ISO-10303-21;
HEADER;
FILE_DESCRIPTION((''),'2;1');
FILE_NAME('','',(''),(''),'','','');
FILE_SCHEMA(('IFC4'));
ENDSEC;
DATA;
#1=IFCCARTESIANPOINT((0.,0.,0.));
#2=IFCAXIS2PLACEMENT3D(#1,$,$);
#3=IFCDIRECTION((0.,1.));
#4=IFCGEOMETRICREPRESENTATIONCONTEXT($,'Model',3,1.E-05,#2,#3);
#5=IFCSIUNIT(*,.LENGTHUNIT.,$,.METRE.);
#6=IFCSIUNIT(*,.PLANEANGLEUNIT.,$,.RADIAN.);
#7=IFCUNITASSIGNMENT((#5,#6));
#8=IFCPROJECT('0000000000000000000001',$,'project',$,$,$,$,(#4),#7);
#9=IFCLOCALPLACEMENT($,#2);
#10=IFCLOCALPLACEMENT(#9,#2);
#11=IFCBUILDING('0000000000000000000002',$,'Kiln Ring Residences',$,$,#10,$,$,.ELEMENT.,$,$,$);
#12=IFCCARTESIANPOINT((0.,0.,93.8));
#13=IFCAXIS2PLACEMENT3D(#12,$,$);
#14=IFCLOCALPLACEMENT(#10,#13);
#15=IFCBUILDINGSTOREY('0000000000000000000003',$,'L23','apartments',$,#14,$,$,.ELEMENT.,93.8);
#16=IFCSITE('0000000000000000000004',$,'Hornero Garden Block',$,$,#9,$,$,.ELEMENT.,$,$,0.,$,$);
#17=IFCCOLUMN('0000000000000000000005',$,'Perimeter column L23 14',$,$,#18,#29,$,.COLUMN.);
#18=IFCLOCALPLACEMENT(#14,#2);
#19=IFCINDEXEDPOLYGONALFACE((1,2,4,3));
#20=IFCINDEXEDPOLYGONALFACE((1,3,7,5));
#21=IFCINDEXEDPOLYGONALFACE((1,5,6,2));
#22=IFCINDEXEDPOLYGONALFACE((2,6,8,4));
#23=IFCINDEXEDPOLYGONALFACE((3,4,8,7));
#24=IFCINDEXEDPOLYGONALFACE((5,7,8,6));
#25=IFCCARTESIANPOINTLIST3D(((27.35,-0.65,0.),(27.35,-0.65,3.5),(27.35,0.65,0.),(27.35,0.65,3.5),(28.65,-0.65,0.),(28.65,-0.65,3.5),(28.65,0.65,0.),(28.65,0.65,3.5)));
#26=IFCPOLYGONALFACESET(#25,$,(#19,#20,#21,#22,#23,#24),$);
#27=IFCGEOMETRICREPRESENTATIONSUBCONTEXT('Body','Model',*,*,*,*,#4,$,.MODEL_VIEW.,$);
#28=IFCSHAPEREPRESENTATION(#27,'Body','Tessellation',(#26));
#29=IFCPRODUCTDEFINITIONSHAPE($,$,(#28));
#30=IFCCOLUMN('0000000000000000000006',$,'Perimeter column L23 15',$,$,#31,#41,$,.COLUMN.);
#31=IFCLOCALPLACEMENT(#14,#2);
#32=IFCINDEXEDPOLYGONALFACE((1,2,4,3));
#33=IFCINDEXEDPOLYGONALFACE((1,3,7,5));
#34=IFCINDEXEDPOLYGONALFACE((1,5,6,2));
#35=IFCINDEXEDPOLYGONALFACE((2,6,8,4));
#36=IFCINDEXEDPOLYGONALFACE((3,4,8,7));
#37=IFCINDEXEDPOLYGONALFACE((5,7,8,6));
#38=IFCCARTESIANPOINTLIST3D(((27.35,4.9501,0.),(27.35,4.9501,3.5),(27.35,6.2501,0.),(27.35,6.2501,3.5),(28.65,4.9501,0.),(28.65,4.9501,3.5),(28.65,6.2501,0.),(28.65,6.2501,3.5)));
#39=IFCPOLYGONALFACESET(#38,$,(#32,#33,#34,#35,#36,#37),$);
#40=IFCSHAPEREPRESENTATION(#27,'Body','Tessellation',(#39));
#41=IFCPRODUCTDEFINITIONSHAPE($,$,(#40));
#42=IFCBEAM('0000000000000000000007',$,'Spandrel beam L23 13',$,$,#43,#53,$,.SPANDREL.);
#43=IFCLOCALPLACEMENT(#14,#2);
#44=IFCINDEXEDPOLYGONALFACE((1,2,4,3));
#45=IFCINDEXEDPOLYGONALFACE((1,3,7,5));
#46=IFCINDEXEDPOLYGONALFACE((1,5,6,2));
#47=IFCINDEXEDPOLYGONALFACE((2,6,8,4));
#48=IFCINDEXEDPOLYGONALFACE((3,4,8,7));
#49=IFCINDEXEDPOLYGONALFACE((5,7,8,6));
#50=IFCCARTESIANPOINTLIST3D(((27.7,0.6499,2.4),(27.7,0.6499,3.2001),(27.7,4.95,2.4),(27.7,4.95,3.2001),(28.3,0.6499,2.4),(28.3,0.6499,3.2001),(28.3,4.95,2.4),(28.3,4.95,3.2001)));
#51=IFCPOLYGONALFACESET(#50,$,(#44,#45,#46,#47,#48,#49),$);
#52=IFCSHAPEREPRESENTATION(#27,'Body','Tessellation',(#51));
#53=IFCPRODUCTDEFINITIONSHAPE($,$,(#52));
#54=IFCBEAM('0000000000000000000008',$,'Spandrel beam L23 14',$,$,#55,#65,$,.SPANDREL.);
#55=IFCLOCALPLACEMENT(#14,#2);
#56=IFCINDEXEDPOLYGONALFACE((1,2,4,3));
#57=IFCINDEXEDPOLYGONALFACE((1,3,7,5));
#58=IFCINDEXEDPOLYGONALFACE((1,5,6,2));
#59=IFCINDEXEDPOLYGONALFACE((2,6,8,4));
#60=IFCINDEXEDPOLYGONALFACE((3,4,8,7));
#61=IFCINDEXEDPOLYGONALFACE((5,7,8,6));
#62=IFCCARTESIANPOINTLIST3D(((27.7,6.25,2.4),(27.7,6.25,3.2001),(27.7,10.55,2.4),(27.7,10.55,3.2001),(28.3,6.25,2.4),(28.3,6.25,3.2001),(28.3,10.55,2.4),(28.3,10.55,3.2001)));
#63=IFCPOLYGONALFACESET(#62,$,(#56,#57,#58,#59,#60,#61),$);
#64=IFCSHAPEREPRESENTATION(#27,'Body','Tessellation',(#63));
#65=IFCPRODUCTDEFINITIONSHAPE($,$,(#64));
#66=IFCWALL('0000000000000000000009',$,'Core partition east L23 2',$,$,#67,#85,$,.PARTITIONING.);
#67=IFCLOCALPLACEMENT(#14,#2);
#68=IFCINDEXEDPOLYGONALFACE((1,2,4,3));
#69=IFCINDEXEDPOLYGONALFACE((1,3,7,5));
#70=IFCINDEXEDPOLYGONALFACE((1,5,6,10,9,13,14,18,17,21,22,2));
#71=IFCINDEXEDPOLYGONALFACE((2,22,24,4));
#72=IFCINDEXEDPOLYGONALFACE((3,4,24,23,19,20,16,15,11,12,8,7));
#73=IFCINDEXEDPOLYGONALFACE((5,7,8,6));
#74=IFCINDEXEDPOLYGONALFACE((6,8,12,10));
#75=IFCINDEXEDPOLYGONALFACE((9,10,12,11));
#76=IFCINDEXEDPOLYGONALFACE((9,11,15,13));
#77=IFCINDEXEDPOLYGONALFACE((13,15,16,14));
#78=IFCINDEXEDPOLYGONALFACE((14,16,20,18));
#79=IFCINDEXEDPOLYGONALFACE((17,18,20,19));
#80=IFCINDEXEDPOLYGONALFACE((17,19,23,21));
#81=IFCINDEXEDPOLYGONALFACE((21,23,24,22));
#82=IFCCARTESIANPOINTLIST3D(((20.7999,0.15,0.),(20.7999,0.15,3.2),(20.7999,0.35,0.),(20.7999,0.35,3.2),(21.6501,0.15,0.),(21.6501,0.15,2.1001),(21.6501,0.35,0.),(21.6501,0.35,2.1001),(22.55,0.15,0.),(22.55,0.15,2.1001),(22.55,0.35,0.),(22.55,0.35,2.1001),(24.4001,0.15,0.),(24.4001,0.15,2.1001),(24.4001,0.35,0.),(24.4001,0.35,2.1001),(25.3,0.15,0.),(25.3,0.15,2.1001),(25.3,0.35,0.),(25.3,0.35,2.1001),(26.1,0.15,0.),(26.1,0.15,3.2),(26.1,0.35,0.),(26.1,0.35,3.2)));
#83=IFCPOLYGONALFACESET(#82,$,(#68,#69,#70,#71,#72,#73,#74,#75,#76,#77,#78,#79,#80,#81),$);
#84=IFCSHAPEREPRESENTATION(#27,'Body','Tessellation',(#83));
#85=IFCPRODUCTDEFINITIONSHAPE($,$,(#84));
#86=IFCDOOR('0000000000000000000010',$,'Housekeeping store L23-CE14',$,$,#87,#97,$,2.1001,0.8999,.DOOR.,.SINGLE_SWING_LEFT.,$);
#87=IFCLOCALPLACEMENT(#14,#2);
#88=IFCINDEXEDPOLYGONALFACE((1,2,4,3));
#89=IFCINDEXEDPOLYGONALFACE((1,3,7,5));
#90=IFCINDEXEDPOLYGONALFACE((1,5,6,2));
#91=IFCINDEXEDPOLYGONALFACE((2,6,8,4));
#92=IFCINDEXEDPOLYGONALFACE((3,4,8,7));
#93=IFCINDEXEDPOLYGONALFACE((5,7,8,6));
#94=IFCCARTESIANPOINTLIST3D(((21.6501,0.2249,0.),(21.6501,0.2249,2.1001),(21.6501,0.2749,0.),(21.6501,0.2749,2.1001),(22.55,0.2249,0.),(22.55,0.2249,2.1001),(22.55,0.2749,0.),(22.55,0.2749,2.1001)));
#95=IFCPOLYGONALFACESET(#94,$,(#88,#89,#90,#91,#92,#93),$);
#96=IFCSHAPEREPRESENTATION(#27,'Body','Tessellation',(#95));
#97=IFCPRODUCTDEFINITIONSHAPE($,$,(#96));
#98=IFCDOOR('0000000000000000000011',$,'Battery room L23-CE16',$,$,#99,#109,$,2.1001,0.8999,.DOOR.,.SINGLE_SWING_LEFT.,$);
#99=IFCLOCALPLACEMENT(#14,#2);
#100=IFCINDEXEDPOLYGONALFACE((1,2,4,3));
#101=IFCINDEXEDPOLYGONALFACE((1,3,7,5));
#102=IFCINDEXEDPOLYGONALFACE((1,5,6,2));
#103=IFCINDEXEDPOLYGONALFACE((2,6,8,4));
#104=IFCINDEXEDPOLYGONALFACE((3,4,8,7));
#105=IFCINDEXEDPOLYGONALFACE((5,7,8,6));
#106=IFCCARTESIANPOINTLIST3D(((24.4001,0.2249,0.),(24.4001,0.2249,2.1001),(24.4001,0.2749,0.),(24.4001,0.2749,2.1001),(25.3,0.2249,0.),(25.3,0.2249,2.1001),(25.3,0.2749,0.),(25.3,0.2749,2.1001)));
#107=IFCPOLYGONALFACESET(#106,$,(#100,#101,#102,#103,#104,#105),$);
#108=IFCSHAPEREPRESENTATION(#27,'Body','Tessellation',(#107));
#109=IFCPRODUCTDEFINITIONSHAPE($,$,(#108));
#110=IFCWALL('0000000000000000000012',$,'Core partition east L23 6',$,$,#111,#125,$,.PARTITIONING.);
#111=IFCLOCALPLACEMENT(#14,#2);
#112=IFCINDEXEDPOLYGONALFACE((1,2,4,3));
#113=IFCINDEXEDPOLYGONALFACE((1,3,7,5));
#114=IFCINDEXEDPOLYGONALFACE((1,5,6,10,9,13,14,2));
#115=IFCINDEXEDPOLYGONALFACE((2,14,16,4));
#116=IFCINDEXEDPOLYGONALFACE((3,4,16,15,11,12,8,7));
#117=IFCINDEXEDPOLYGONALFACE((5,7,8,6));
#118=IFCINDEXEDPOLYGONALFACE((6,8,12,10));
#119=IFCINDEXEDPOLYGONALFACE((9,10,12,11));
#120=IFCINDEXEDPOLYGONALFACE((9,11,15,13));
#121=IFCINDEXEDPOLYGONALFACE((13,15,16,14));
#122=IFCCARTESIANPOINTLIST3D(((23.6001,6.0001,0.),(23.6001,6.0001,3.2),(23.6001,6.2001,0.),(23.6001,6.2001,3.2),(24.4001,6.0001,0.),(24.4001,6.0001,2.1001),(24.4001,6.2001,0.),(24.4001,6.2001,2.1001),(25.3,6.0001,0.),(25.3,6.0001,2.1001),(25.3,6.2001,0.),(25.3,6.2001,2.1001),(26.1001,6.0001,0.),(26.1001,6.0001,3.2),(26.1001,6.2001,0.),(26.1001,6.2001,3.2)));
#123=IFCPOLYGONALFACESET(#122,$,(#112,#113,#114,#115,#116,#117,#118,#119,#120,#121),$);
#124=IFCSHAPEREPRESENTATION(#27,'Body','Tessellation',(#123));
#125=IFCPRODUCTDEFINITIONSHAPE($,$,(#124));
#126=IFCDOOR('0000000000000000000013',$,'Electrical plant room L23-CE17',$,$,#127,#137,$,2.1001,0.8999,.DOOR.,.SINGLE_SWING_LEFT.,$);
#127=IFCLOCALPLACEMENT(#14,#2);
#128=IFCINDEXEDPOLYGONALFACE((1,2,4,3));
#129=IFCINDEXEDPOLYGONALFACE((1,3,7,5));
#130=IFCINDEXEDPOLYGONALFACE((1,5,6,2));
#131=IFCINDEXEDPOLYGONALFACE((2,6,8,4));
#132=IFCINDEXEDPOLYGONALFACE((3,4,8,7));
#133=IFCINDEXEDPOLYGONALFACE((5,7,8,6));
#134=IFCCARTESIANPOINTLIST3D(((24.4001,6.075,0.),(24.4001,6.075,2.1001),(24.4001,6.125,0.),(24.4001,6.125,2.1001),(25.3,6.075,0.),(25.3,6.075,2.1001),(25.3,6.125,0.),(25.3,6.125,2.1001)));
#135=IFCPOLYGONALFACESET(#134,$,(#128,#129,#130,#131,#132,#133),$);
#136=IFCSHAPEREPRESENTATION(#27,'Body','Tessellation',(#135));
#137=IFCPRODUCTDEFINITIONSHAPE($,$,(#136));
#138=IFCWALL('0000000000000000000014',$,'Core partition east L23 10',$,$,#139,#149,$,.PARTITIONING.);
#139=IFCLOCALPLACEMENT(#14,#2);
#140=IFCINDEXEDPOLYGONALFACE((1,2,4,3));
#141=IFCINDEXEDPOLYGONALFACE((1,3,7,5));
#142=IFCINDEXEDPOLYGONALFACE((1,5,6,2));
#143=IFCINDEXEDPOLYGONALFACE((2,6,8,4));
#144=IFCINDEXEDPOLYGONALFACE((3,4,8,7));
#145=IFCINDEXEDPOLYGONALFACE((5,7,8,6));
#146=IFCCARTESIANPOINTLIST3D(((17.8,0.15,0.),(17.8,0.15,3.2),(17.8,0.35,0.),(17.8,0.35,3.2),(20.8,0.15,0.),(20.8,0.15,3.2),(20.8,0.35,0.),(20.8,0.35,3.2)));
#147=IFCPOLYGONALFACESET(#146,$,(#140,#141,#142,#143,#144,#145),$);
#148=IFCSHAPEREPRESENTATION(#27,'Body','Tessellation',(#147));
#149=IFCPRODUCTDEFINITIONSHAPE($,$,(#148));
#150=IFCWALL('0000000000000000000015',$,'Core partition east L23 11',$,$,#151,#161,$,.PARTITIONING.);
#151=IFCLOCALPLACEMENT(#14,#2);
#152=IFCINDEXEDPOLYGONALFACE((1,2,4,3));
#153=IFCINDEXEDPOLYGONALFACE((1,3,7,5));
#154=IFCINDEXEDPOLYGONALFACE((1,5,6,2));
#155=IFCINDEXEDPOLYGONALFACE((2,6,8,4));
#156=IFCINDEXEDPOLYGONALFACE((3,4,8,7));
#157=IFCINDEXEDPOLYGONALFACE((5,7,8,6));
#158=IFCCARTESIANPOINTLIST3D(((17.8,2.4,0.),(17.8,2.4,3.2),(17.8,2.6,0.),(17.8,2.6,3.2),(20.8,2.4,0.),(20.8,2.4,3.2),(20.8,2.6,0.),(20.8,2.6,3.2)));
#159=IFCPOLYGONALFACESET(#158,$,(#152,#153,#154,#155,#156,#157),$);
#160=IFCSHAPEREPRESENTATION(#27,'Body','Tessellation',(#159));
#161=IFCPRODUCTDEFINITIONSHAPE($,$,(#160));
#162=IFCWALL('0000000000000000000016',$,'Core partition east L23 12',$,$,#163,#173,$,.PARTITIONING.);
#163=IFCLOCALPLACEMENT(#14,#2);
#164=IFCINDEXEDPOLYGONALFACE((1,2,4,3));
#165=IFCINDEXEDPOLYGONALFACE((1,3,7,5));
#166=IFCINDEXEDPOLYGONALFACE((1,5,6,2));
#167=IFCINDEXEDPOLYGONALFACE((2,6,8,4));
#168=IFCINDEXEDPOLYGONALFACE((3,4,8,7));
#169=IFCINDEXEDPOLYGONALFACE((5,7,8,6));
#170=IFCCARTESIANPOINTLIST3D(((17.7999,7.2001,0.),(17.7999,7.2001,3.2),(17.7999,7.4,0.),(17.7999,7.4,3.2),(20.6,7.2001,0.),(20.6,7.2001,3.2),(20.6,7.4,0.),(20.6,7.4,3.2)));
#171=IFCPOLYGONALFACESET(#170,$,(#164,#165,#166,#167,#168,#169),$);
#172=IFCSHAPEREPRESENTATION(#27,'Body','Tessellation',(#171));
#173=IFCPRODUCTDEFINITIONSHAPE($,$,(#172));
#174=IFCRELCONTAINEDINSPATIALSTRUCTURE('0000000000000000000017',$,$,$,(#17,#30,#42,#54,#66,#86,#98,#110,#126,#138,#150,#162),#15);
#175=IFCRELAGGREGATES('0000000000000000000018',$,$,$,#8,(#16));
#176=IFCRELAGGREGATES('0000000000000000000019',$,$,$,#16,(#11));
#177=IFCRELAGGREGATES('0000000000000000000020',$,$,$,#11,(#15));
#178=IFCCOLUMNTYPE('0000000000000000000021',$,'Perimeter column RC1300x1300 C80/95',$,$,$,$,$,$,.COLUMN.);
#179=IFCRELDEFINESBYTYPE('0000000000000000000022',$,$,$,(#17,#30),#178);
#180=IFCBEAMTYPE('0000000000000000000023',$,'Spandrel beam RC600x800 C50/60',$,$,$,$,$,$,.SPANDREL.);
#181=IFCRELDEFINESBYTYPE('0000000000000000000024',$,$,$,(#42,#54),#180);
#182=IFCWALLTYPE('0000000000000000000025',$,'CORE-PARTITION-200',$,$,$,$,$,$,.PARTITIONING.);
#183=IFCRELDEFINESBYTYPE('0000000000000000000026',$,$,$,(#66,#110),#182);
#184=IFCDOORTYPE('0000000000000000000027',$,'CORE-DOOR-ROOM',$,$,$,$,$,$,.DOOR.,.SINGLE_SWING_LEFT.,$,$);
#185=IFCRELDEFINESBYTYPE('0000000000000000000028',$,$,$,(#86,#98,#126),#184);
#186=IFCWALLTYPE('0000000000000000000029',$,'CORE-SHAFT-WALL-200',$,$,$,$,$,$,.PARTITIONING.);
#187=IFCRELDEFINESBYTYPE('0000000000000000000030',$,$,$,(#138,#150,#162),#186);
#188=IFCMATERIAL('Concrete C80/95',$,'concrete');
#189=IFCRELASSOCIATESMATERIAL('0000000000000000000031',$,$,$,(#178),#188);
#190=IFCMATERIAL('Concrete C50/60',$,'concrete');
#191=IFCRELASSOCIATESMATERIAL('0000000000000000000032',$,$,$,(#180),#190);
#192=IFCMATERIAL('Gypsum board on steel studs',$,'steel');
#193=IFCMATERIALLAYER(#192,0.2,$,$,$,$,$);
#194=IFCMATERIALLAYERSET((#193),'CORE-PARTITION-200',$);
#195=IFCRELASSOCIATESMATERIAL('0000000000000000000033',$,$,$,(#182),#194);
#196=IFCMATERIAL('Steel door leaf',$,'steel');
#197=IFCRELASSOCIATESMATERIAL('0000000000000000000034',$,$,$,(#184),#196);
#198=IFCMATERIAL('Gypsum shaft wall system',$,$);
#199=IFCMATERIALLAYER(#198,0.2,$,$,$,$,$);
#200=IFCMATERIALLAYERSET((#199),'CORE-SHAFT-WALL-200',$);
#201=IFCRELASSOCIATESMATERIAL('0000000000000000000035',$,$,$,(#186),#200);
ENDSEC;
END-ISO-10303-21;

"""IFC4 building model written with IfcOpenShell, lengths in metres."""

from ifc_helpers import new_model, si_unit, direction, frame, frame_2d, origin, origin_2d, place, context, subcontext, project, spatial, rectangle, extrude, material, layer, layer_set, material_profile, profile_set, type_object, element, fill, save


model = new_model("IFC4")

# Units and contexts
model_context = context("Model", 3, precision=1e-05, world=origin(), true_north=direction((0.0, 1.0)))
body_context = subcontext(model_context, "Body", "Model", "MODEL_VIEW")
ifc_project = project(units=[si_unit("LENGTHUNIT", "METRE"), si_unit("PLANEANGLEUNIT", "RADIAN")], contexts=[model_context])

# Site, building, storey
site_placement = place(None, origin())
site = spatial("IfcSite", under=ifc_project, at=site_placement, Name="Hornero Garden Block", CompositionType="ELEMENT", RefElevation=0.0)
building_placement = place(site_placement, origin())
building = spatial("IfcBuilding", under=site, at=building_placement, Name="Kiln Ring Residences", CompositionType="ELEMENT")
storey_placement = place(building_placement, frame((0.0, 0.0, 93.8)))
storey = spatial("IfcBuildingStorey", under=building, at=storey_placement, Name="L23", Description="apartments", CompositionType="ELEMENT", Elevation=93.8)

# Columns
ifc_material_1 = material(Name="Concrete C80/95", Category="concrete")
ifc_material_profile_1 = material_profile(ifc_material_1, rectangle(XDim=1.3, YDim=1.3, at=origin_2d()), Name="RC1300x1300")
ifc_profile_set_1 = profile_set([ifc_material_profile_1], Name="Concrete C80/95")
column_type = type_object("IfcColumnType", Name="Perimeter column RC1300x1300 C80/95", PredefinedType="COLUMN", material=ifc_profile_set_1)
for number, where, z_axis, x_axis, name in (
    (1, (28.0, 0.0, 0.0), (0.0, 0.0, 1.0), (1.0, 0.0, 0.0), "Perimeter column L23 14"),
    (2, (28.0, 5.6001, 0.0), (0.0, 0.0, 1.0), (1.0, 0.0, 0.0), "Perimeter column L23 15"),
):
    element("IfcColumn", number, at=place(storey_placement, frame(where, z_axis=z_axis, x_axis=x_axis)), inside=storey, type_object=column_type, Name=name, PredefinedType="COLUMN", context=body_context, shape_type="SweptSolid", body=[
        extrude(rectangle(XDim=1.3, YDim=1.3, at=origin_2d()), origin(), (0.0, 0.0, 1.0), 3.5),
    ])

# Beams
ifc_material_2 = material(Name="Concrete C50/60", Category="concrete")
ifc_material_profile_2 = material_profile(ifc_material_2, rectangle(XDim=0.6001, YDim=0.8, at=origin_2d()), Name="RC600x800")
ifc_profile_set_2 = profile_set([ifc_material_profile_2], Name="Concrete C50/60")
beam_type = type_object("IfcBeamType", Name="Spandrel beam RC600x800 C50/60", PredefinedType="SPANDREL", material=ifc_profile_set_2)
for number, where, z_axis, x_axis, name in (
    (3, (28.0, 0.6499, 2.8), (0.0, 1.0, 0.0), (-1.0, 0.0, 0.0), "Spandrel beam L23 13"),
    (4, (28.0, 6.25, 2.8), (0.0, 1.0, 0.0), (-1.0, 0.0, 0.0), "Spandrel beam L23 14"),
):
    element("IfcBeam", number, at=place(storey_placement, frame(where, z_axis=z_axis, x_axis=x_axis)), inside=storey, type_object=beam_type, Name=name, PredefinedType="SPANDREL", context=body_context, shape_type="SweptSolid", body=[
        extrude(rectangle(XDim=0.6001, YDim=0.8, at=origin_2d()), origin(), (0.0, 0.0, 1.0), 4.3),
    ])

# Wall, openings, doors
ifc_material_3 = material(Name="Gypsum board on steel studs", Category="steel")
ifc_layer_1 = layer(ifc_material_3, 0.2)
ifc_layer_set_1 = layer_set([ifc_layer_1], Name="CORE-PARTITION-200")
wall_type_1 = type_object("IfcWallType", Name="CORE-PARTITION-200", PredefinedType="PARTITIONING", material=ifc_layer_set_1)
wall_1_placement = place(storey_placement, frame((20.8, 0.25, 0.0), z_axis=(0.0, 0.0, 1.0), x_axis=(1.0, 0.0, 0.0)))
wall_1 = element("IfcWall", 5, at=wall_1_placement, inside=storey, type_object=wall_type_1, Name="Core partition east L23 2", PredefinedType="PARTITIONING", context=body_context, shape_type="SweptSolid", body=[
    extrude(rectangle(XDim=5.3, YDim=0.2, at=frame_2d((2.6499, 0.0))), origin(), (0.0, 0.0, 1.0), 3.2),
])
opening_1_placement = place(wall_1_placement, frame((0.8501, 0.0, 0.0)))
opening_1 = element("IfcOpeningElement", 6, at=opening_1_placement, cuts=wall_1, PredefinedType="OPENING", context=body_context, shape_type="SweptSolid", body=[
    extrude(rectangle(XDim=0.8999, YDim=2.1001, at=frame_2d((0.45, 1.05))), frame((0.0, 0.1099, 0.0), z_axis=(0.0, -1.0, 0.0), x_axis=(1.0, 0.0, 0.0)), (0.0, 0.0, 1.0), 0.22),
])
opening_2_placement = place(wall_1_placement, frame((3.6001, 0.0, 0.0)))
opening_2 = element("IfcOpeningElement", 7, at=opening_2_placement, cuts=wall_1, PredefinedType="OPENING", context=body_context, shape_type="SweptSolid", body=[
    extrude(rectangle(XDim=0.8999, YDim=2.1001, at=frame_2d((0.45, 1.05))), frame((0.0, 0.1099, 0.0), z_axis=(0.0, -1.0, 0.0), x_axis=(1.0, 0.0, 0.0)), (0.0, 0.0, 1.0), 0.22),
])
ifc_material_4 = material(Name="Steel door leaf", Category="steel")
door_type = type_object("IfcDoorType", Name="CORE-DOOR-ROOM", OperationType="SINGLE_SWING_LEFT", PredefinedType="DOOR", material=ifc_material_4)
door_1_placement = place(opening_1_placement, origin())
door_1 = element("IfcDoor", 8, at=door_1_placement, inside=storey, type_object=door_type, Name="Housekeeping store L23-CE14", OperationType="SINGLE_SWING_LEFT", OverallHeight=2.1001, OverallWidth=0.8999, PredefinedType="DOOR", context=body_context, shape_type="SweptSolid", body=[
    extrude(rectangle(XDim=0.8999, YDim=2.1001, at=frame_2d((0.45, 1.05))), frame((0.0, 0.0249, 0.0), z_axis=(0.0, -1.0, 0.0), x_axis=(1.0, 0.0, 0.0)), (0.0, 0.0, 1.0), 0.05),
])
fill(opening_1, door_1)
door_2_placement = place(opening_2_placement, origin())
door_2 = element("IfcDoor", 9, at=door_2_placement, inside=storey, type_object=door_type, Name="Battery room L23-CE16", OperationType="SINGLE_SWING_LEFT", OverallHeight=2.1001, OverallWidth=0.8999, PredefinedType="DOOR", context=body_context, shape_type="SweptSolid", body=[
    extrude(rectangle(XDim=0.8999, YDim=2.1001, at=frame_2d((0.45, 1.05))), frame((0.0, 0.0249, 0.0), z_axis=(0.0, -1.0, 0.0), x_axis=(1.0, 0.0, 0.0)), (0.0, 0.0, 1.0), 0.05),
])
fill(opening_2, door_2)

# Wall, opening, door
wall_2_placement = place(storey_placement, frame((23.6001, 6.1001, 0.0), z_axis=(0.0, 0.0, 1.0), x_axis=(1.0, 0.0, 0.0)))
wall_2 = element("IfcWall", 10, at=wall_2_placement, inside=storey, type_object=wall_type_1, Name="Core partition east L23 6", PredefinedType="PARTITIONING", context=body_context, shape_type="SweptSolid", body=[
    extrude(rectangle(XDim=2.5, YDim=0.2, at=frame_2d((1.25, 0.0))), origin(), (0.0, 0.0, 1.0), 3.2),
])
opening_3_placement = place(wall_2_placement, frame((0.8, 0.0, 0.0)))
opening_3 = element("IfcOpeningElement", 11, at=opening_3_placement, cuts=wall_2, PredefinedType="OPENING", context=body_context, shape_type="SweptSolid", body=[
    extrude(rectangle(XDim=0.8999, YDim=2.1001, at=frame_2d((0.45, 1.05))), frame((0.0, 0.1099, 0.0), z_axis=(0.0, -1.0, 0.0), x_axis=(1.0, 0.0, 0.0)), (0.0, 0.0, 1.0), 0.22),
])
door_3_placement = place(opening_3_placement, origin())
door_3 = element("IfcDoor", 12, at=door_3_placement, inside=storey, type_object=door_type, Name="Electrical plant room L23-CE17", OperationType="SINGLE_SWING_LEFT", OverallHeight=2.1001, OverallWidth=0.8999, PredefinedType="DOOR", context=body_context, shape_type="SweptSolid", body=[
    extrude(rectangle(XDim=0.8999, YDim=2.1001, at=frame_2d((0.45, 1.05))), frame((0.0, 0.0249, 0.0), z_axis=(0.0, -1.0, 0.0), x_axis=(1.0, 0.0, 0.0)), (0.0, 0.0, 1.0), 0.05),
])
fill(opening_3, door_3)

# Walls
ifc_material_5 = material(Name="Gypsum shaft wall system")
ifc_layer_2 = layer(ifc_material_5, 0.2)
ifc_layer_set_2 = layer_set([ifc_layer_2], Name="CORE-SHAFT-WALL-200")
wall_type_2 = type_object("IfcWallType", Name="CORE-SHAFT-WALL-200", PredefinedType="PARTITIONING", material=ifc_layer_set_2)
for number, where, z_axis, x_axis, name in (
    (13, (17.8, 0.25, 0.0), (0.0, 0.0, 1.0), (1.0, 0.0, 0.0), "Core partition east L23 10"),
    (14, (17.8, 2.5, 0.0), (0.0, 0.0, 1.0), (1.0, 0.0, 0.0), "Core partition east L23 11"),
):
    element("IfcWall", number, at=place(storey_placement, frame(where, z_axis=z_axis, x_axis=x_axis)), inside=storey, type_object=wall_type_2, Name=name, PredefinedType="PARTITIONING", context=body_context, shape_type="SweptSolid", body=[
        extrude(rectangle(XDim=3.0, YDim=0.2, at=frame_2d((1.5, 0.0))), origin(), (0.0, 0.0, 1.0), 3.2),
    ])
wall_3_placement = place(storey_placement, frame((17.8, 7.3, 0.0), z_axis=(0.0, 0.0, 1.0), x_axis=(1.0, 0.0, 0.0)))
element("IfcWall", 15, at=wall_3_placement, inside=storey, type_object=wall_type_2, Name="Core partition east L23 12", PredefinedType="PARTITIONING", context=body_context, shape_type="SweptSolid", body=[
    extrude(rectangle(XDim=2.8, YDim=0.2, at=frame_2d((1.3999, 0.0))), origin(), (0.0, 0.0, 1.0), 3.2),
])

save(model, "model.ifc")
